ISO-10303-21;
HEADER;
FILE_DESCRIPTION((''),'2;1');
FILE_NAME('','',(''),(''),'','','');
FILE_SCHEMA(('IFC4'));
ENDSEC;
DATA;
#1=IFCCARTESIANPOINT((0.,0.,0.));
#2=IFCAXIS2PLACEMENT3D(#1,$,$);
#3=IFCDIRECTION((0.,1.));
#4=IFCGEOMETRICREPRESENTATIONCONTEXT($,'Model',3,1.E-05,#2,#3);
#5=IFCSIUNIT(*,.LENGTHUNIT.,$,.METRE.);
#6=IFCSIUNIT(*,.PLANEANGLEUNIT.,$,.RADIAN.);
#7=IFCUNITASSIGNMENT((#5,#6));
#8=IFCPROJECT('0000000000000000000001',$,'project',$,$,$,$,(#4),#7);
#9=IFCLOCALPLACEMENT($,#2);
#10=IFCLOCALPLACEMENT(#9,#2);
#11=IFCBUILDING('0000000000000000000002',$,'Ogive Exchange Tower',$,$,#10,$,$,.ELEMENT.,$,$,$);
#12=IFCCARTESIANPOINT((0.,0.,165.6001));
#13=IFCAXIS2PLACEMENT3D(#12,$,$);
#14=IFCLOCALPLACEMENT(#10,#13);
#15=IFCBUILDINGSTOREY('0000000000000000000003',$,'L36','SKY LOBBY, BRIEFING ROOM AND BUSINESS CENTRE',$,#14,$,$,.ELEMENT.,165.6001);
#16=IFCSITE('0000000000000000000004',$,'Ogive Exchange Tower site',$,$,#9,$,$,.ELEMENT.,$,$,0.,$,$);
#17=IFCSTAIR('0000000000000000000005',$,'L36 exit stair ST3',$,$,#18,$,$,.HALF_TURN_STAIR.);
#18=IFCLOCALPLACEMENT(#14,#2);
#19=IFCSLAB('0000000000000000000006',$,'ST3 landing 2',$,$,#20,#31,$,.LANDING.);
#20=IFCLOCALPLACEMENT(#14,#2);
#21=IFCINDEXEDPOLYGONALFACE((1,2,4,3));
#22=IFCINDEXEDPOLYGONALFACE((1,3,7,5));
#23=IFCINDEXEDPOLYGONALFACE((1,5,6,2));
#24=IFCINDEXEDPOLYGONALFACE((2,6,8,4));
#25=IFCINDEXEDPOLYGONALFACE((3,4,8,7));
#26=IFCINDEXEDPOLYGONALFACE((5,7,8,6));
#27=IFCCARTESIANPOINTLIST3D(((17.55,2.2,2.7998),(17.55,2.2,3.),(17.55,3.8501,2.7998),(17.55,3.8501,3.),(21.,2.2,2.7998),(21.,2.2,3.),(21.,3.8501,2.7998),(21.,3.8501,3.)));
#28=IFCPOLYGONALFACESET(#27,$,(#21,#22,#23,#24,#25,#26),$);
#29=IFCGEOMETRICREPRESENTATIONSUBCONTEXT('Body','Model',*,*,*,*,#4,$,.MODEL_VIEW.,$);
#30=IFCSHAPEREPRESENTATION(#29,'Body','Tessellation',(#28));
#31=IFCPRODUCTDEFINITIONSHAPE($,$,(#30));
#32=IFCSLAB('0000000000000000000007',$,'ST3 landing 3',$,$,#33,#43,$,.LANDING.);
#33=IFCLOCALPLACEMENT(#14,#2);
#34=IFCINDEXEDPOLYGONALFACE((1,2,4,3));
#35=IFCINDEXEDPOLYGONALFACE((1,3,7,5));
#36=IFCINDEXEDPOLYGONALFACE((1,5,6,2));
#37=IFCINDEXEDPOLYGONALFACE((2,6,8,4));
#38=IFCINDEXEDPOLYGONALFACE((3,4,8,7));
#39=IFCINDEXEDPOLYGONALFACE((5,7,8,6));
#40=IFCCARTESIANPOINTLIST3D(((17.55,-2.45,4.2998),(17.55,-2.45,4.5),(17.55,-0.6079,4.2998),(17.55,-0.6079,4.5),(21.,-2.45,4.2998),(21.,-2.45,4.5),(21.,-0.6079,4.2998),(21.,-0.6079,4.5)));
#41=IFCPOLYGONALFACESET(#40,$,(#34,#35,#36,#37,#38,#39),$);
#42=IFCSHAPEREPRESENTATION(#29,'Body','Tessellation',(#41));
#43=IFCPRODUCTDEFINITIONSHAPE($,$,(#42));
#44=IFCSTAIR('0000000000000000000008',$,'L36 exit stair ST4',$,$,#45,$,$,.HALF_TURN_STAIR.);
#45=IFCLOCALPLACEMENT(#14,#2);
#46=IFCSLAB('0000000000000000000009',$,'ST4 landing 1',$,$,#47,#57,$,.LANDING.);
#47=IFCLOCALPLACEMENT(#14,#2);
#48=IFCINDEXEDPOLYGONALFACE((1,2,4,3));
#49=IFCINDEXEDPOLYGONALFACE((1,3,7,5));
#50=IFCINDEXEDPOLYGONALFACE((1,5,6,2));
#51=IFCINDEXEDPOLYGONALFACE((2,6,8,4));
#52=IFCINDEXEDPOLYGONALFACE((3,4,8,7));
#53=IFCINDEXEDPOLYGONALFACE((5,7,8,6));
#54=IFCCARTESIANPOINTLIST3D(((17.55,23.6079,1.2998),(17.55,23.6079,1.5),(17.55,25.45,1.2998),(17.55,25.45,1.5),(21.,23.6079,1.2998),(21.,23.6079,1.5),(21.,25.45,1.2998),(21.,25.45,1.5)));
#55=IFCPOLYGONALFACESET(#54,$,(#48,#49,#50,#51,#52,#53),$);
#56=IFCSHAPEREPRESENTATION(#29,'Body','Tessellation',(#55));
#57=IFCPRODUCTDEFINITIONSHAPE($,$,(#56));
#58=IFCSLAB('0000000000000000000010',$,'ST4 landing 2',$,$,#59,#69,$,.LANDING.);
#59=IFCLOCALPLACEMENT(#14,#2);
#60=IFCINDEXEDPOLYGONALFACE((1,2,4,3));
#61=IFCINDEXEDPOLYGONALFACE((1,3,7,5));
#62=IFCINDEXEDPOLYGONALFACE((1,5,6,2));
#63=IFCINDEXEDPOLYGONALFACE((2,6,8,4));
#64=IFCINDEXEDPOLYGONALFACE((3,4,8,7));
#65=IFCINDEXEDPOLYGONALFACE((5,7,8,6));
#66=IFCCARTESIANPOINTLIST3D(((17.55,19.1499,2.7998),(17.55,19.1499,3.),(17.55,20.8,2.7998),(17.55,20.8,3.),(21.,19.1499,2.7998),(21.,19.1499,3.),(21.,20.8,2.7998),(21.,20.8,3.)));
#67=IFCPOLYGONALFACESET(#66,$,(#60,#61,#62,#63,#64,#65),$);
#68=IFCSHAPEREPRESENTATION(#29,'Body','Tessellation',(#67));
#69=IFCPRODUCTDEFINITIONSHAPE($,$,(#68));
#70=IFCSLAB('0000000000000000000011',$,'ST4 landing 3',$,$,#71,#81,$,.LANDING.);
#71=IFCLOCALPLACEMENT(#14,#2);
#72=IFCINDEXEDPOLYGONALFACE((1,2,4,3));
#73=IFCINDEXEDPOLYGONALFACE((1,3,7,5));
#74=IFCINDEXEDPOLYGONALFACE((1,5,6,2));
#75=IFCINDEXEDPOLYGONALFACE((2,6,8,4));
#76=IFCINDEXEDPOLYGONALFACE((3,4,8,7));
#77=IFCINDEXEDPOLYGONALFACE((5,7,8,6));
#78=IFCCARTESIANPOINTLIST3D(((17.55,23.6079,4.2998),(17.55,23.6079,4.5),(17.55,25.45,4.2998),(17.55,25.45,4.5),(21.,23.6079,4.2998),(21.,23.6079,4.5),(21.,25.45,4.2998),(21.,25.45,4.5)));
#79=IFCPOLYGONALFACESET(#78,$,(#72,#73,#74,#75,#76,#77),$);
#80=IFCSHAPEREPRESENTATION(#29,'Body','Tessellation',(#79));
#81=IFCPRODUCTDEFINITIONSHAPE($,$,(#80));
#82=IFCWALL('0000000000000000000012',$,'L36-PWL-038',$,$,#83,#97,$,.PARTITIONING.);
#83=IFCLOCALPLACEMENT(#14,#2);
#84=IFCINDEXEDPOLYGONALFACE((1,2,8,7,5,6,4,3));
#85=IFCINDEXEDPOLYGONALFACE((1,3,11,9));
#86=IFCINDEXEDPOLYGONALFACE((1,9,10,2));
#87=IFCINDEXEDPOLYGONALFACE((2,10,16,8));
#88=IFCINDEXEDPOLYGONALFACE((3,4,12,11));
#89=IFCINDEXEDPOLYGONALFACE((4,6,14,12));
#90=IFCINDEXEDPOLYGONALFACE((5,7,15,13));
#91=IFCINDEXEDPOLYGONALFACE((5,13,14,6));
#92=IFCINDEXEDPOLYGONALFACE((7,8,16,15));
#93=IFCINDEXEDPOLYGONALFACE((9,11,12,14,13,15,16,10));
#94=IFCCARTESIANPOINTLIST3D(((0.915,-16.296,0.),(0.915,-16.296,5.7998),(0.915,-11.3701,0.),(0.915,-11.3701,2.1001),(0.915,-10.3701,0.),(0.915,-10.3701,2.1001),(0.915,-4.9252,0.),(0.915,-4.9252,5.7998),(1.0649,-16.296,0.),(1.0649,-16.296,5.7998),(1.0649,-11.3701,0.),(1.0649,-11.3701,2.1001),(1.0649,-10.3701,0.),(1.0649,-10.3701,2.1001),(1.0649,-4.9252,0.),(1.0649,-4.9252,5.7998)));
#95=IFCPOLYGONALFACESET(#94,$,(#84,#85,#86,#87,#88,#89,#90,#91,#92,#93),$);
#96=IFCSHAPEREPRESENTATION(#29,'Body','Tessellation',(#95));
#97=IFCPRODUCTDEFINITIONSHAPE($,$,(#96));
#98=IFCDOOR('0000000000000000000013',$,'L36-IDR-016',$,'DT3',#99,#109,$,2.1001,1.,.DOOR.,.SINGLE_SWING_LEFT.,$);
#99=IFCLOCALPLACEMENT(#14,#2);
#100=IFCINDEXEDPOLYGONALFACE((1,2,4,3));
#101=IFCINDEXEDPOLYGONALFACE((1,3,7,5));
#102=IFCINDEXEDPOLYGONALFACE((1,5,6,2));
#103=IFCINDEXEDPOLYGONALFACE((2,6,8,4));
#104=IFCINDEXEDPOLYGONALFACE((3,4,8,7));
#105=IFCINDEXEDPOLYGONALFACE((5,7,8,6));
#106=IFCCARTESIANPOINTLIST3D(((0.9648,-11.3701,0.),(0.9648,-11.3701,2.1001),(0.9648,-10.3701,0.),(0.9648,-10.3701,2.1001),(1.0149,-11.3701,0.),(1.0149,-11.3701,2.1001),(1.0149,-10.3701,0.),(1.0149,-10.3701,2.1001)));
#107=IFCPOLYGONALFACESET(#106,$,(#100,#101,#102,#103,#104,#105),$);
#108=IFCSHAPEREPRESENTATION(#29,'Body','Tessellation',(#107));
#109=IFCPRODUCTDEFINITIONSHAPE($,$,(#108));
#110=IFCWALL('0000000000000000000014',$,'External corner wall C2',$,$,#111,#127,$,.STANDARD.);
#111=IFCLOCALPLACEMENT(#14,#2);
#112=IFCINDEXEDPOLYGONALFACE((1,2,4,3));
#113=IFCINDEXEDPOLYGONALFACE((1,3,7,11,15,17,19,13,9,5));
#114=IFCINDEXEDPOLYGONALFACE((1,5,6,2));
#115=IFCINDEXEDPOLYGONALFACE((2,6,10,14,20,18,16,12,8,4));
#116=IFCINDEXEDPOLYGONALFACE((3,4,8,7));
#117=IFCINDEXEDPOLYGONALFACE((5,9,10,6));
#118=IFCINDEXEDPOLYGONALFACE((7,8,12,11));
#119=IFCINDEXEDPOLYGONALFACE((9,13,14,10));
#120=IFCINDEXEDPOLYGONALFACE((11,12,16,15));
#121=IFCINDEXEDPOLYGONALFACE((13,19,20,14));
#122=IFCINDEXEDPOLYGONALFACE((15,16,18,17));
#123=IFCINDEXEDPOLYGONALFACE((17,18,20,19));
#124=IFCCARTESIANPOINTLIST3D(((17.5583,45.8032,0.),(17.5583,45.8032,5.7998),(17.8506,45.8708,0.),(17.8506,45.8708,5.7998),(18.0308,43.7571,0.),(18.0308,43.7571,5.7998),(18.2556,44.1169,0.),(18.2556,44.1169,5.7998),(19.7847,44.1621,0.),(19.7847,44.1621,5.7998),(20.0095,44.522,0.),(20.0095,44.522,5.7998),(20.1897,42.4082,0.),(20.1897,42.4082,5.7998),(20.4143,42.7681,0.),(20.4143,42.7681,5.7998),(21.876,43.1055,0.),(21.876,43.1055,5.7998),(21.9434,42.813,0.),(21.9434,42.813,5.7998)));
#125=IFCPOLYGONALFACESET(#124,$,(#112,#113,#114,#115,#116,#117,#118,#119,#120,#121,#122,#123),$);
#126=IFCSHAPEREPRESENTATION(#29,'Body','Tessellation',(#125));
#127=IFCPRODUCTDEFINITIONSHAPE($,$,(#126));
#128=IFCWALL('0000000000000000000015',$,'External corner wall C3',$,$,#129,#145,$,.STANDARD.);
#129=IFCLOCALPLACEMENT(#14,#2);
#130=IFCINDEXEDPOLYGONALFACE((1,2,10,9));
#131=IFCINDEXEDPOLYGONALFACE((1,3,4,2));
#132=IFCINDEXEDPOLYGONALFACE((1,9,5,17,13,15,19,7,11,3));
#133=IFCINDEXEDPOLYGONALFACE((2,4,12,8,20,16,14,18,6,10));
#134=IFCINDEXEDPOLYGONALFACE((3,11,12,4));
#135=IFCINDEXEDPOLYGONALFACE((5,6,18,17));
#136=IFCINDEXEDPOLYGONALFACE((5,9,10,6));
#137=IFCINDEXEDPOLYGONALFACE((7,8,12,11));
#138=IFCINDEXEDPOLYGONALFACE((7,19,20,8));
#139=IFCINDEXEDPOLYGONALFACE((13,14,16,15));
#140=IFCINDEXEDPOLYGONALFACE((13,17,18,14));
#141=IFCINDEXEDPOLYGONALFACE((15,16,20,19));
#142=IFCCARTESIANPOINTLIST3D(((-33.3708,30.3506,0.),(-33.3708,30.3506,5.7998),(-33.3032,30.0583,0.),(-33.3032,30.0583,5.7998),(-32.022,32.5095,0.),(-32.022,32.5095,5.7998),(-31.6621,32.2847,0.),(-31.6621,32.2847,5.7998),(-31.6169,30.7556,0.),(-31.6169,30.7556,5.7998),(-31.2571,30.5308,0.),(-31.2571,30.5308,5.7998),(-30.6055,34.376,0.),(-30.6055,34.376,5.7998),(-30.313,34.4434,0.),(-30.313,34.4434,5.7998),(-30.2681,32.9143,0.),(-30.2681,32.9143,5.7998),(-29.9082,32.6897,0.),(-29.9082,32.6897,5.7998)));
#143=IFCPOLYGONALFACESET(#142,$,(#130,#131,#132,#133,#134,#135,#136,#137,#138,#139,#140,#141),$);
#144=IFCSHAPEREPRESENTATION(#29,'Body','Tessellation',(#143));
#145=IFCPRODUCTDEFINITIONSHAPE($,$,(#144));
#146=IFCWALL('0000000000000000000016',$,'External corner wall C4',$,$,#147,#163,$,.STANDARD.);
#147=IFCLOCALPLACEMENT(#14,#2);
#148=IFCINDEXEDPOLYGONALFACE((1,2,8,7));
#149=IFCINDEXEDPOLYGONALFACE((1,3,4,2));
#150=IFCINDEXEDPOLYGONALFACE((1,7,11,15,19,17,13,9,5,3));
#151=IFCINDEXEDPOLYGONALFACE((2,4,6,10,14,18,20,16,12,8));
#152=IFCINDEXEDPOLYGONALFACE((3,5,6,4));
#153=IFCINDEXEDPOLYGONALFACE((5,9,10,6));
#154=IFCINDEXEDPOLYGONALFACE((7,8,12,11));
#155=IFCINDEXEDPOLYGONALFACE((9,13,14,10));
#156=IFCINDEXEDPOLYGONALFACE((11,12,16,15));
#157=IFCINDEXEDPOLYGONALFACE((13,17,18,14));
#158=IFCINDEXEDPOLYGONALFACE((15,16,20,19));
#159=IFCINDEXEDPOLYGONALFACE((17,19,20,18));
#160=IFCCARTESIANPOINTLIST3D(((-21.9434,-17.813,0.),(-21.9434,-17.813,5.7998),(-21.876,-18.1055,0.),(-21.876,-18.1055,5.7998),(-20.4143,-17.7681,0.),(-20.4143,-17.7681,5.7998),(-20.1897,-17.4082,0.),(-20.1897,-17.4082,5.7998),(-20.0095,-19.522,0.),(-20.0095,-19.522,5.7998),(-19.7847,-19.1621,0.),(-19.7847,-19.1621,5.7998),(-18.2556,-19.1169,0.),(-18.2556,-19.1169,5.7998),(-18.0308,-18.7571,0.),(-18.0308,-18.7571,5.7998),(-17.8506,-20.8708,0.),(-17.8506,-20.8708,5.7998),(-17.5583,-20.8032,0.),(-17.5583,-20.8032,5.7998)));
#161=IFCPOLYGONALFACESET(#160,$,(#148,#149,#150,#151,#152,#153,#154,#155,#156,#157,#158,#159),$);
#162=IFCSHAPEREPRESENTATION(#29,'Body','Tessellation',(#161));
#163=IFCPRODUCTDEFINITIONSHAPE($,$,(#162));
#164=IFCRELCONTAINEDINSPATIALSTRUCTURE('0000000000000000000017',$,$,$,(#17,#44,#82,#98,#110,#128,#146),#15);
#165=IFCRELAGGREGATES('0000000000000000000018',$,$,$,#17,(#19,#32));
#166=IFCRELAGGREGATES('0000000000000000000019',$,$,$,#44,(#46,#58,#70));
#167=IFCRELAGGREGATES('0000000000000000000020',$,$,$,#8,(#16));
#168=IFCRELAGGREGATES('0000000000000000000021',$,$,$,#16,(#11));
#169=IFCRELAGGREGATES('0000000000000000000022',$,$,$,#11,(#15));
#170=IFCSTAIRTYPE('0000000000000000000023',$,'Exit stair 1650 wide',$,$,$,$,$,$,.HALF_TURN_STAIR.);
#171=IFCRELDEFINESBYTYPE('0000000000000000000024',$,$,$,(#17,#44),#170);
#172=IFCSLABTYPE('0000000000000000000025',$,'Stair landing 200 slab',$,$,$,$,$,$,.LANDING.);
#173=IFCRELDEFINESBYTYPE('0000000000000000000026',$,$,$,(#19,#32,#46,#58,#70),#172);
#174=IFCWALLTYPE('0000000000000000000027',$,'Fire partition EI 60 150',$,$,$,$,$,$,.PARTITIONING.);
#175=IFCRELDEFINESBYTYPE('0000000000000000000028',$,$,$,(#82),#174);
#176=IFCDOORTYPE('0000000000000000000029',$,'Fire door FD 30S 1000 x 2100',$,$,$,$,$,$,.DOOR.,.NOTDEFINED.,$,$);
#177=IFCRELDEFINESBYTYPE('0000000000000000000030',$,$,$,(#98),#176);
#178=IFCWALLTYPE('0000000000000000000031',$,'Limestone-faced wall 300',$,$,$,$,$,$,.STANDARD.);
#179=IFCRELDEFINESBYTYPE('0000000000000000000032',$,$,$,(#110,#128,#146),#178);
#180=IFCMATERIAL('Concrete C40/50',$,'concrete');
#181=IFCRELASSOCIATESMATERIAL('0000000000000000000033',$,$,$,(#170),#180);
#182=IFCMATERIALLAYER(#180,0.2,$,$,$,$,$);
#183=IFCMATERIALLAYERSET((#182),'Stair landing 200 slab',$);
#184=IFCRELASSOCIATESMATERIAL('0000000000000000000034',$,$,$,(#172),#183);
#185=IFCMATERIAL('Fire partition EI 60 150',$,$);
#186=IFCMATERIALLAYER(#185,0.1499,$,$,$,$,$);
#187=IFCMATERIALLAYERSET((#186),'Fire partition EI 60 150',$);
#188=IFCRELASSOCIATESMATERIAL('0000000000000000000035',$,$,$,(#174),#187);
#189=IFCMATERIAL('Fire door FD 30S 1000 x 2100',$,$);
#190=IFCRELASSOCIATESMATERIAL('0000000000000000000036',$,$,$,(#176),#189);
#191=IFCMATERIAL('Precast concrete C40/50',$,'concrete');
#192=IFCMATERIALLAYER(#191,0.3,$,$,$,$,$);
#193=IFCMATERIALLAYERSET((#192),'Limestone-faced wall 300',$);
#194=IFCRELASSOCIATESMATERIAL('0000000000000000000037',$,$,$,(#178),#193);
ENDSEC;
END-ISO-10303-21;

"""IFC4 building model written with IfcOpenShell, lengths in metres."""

from ifc_helpers import new_model, si_unit, direction, frame, frame_2d, origin, place, context, subcontext, project, spatial, polyline, rectangle, outline, extrude, material, layer, layer_set, type_object, element, fill, aggregate, save


model = new_model("IFC4")

# Units and contexts
model_context = context("Model", 3, precision=1e-05, world=origin(), true_north=direction((0.0, 1.0)))
body_context = subcontext(model_context, "Body", "Model", "MODEL_VIEW")
ifc_project = project(units=[si_unit("LENGTHUNIT", "METRE"), si_unit("PLANEANGLEUNIT", "RADIAN")], contexts=[model_context])

# Site, building, storey
site_placement = place(None, origin())
site = spatial("IfcSite", under=ifc_project, at=site_placement, Name="Ogive Exchange Tower site", CompositionType="ELEMENT", RefElevation=0.0)
building_placement = place(site_placement, origin())
building = spatial("IfcBuilding", under=site, at=building_placement, Name="Ogive Exchange Tower", CompositionType="ELEMENT")
storey_placement = place(building_placement, frame((0.0, 0.0, 165.6001)))
storey = spatial("IfcBuildingStorey", under=building, at=storey_placement, Name="L36", Description="SKY LOBBY, BRIEFING ROOM AND BUSINESS CENTRE", CompositionType="ELEMENT", Elevation=165.6001)

# Stairs, slabs
ifc_material_1 = material(Name="Concrete C40/50", Category="concrete")
stair_type = type_object("IfcStairType", Name="Exit stair 1650 wide", PredefinedType="HALF_TURN_STAIR", material=ifc_material_1)
ifc_layer_1 = layer(ifc_material_1, 0.2)
ifc_layer_set_1 = layer_set([ifc_layer_1], Name="Stair landing 200 slab")
slab_type_1 = type_object("IfcSlabType", Name="Stair landing 200 slab", PredefinedType="LANDING", material=ifc_layer_set_1)
stair_1_placement = place(storey_placement, origin())
stair_1 = element("IfcStair", 1, at=stair_1_placement, inside=storey, type_object=stair_type, Name="L36 exit stair ST3", PredefinedType="HALF_TURN_STAIR")
slab_1_placement = place(storey_placement, frame((0.0, 0.0, 2.7998)))
slab_1 = element("IfcSlab", 2, at=slab_1_placement, type_object=slab_type_1, Name="ST3 landing 2", PredefinedType="LANDING", context=body_context, shape_type="SweptSolid", body=[
    extrude(outline(polyline([(17.55, 3.8501), (17.55, 2.2), (21.0, 2.2), (21.0, 3.8501), (17.55, 3.8501)])), origin(), (0.0, 0.0, 1.0), 0.2002),
])
slab_2_placement = place(storey_placement, frame((0.0, 0.0, 4.2998)))
slab_2 = element("IfcSlab", 3, at=slab_2_placement, type_object=slab_type_1, Name="ST3 landing 3", PredefinedType="LANDING", context=body_context, shape_type="SweptSolid", body=[
    extrude(outline(polyline([(17.55, -0.6079), (17.55, -2.45), (21.0, -2.45), (21.0, -0.6079), (17.55, -0.6079)])), origin(), (0.0, 0.0, 1.0), 0.2002),
])
aggregate(stair_1, [slab_1, slab_2])
stair_2_placement = place(storey_placement, origin())
stair_2 = element("IfcStair", 4, at=stair_2_placement, inside=storey, type_object=stair_type, Name="L36 exit stair ST4", PredefinedType="HALF_TURN_STAIR")
slab_3_placement = place(storey_placement, frame((0.0, 0.0, 1.2998)))
slab_3 = element("IfcSlab", 5, at=slab_3_placement, type_object=slab_type_1, Name="ST4 landing 1", PredefinedType="LANDING", context=body_context, shape_type="SweptSolid", body=[
    extrude(outline(polyline([(21.0, 23.6079), (21.0, 25.45), (17.55, 25.45), (17.55, 23.6079), (21.0, 23.6079)])), origin(), (0.0, 0.0, 1.0), 0.2002),
])
slab_4_placement = place(storey_placement, frame((0.0, 0.0, 2.7998)))
slab_4 = element("IfcSlab", 6, at=slab_4_placement, type_object=slab_type_1, Name="ST4 landing 2", PredefinedType="LANDING", context=body_context, shape_type="SweptSolid", body=[
    extrude(outline(polyline([(21.0, 19.1499), (21.0, 20.8), (17.55, 20.8), (17.55, 19.1499), (21.0, 19.1499)])), origin(), (0.0, 0.0, 1.0), 0.2002),
])
slab_5_placement = place(storey_placement, frame((0.0, 0.0, 4.2998)))
slab_5 = element("IfcSlab", 7, at=slab_5_placement, type_object=slab_type_1, Name="ST4 landing 3", PredefinedType="LANDING", context=body_context, shape_type="SweptSolid", body=[
    extrude(outline(polyline([(21.0, 23.6079), (21.0, 25.45), (17.55, 25.45), (17.55, 23.6079), (21.0, 23.6079)])), origin(), (0.0, 0.0, 1.0), 0.2002),
])
aggregate(stair_2, [slab_3, slab_4, slab_5])

# Wall, opening, door
ifc_material_2 = material(Name="Fire partition EI 60 150")
ifc_layer_2 = layer(ifc_material_2, 0.1499)
ifc_layer_set_2 = layer_set([ifc_layer_2], Name="Fire partition EI 60 150")
wall_type_1 = type_object("IfcWallType", Name="Fire partition EI 60 150", PredefinedType="PARTITIONING", material=ifc_layer_set_2)
wall_1_placement = place(storey_placement, frame((0.99, -4.925, 0.0), z_axis=(0.0, 0.0, 1.0), x_axis=(0.0, -1.0, 0.0)))
wall_1 = element("IfcWall", 8, at=wall_1_placement, inside=storey, type_object=wall_type_1, Name="L36-PWL-038", PredefinedType="PARTITIONING", context=body_context, shape_type="SweptSolid", body=[
    extrude(rectangle(XDim=11.3708, YDim=0.1499, at=frame_2d((5.6855, 0.0))), origin(), (0.0, 0.0, 1.0), 5.7998),
])
opening_placement = place(wall_1_placement, frame((5.4451, 0.0, 0.0)))
opening = element("IfcOpeningElement", 9, at=opening_placement, cuts=wall_1, PredefinedType="OPENING", context=body_context, shape_type="SweptSolid", body=[
    extrude(rectangle(XDim=1.0, YDim=2.1001, at=frame_2d((0.5, 1.05))), frame((0.0, 0.085, 0.0), z_axis=(0.0, -1.0, 0.0), x_axis=(1.0, 0.0, 0.0)), (0.0, 0.0, 1.0), 0.1699),
])
ifc_material_3 = material(Name="Fire door FD 30S 1000 x 2100")
door_type = type_object("IfcDoorType", Name="Fire door FD 30S 1000 x 2100", OperationType="NOTDEFINED", PredefinedType="DOOR", material=ifc_material_3)
door_placement = place(opening_placement, origin())
door = element("IfcDoor", 10, at=door_placement, inside=storey, type_object=door_type, Name="L36-IDR-016", ObjectType="DT3", OperationType="SINGLE_SWING_LEFT", OverallHeight=2.1001, OverallWidth=1.0, PredefinedType="DOOR", context=body_context, shape_type="SweptSolid", body=[
    extrude(rectangle(XDim=1.0, YDim=2.1001, at=frame_2d((0.5, 1.05))), frame((0.0, 0.0249, 0.0), z_axis=(0.0, -1.0, 0.0), x_axis=(1.0, 0.0, 0.0)), (0.0, 0.0, 1.0), 0.05),
])
fill(opening, door)

# Walls
ifc_material_4 = material(Name="Precast concrete C40/50", Category="concrete")
ifc_layer_3 = layer(ifc_material_4, 0.3)
ifc_layer_set_3 = layer_set([ifc_layer_3], Name="Limestone-faced wall 300")
wall_type_2 = type_object("IfcWallType", Name="Limestone-faced wall 300", PredefinedType="STANDARD", material=ifc_layer_set_3)
wall_2_placement = place(storey_placement, origin())
element("IfcWall", 11, at=wall_2_placement, inside=storey, type_object=wall_type_2, Name="External corner wall C2", PredefinedType="STANDARD", context=body_context, shape_type="SweptSolid", body=[
    extrude(outline(polyline([(19.7847, 44.1621), (18.0308, 43.7571), (17.5583, 45.8032), (17.8506, 45.8708), (18.2556, 44.1169), (20.0095, 44.522), (20.4143, 42.7681), (21.876, 43.1055), (21.9434, 42.813), (20.1897, 42.4082), (19.7847, 44.1621)])), origin(), (0.0, 0.0, 1.0), 5.7998),
])
wall_3_placement = place(storey_placement, origin())
element("IfcWall", 12, at=wall_3_placement, inside=storey, type_object=wall_type_2, Name="External corner wall C3", PredefinedType="STANDARD", context=body_context, shape_type="SweptSolid", body=[
    extrude(outline(polyline([(-31.6169, 30.7556), (-32.022, 32.5095), (-30.2681, 32.9143), (-30.6055, 34.376), (-30.313, 34.4434), (-29.9082, 32.6897), (-31.6621, 32.2847), (-31.2571, 30.5308), (-33.3032, 30.0583), (-33.3708, 30.3506), (-31.6169, 30.7556)])), origin(), (0.0, 0.0, 1.0), 5.7998),
])
wall_4_placement = place(storey_placement, origin())
element("IfcWall", 13, at=wall_4_placement, inside=storey, type_object=wall_type_2, Name="External corner wall C4", PredefinedType="STANDARD", context=body_context, shape_type="SweptSolid", body=[
    extrude(outline(polyline([(-18.2556, -19.1169), (-20.0095, -19.522), (-20.4143, -17.7681), (-21.876, -18.1055), (-21.9434, -17.813), (-20.1897, -17.4082), (-19.7847, -19.1621), (-18.0308, -18.7571), (-17.5583, -20.8032), (-17.8506, -20.8708), (-18.2556, -19.1169)])), origin(), (0.0, 0.0, 1.0), 5.7998),
])

save(model, "model.ifc")
